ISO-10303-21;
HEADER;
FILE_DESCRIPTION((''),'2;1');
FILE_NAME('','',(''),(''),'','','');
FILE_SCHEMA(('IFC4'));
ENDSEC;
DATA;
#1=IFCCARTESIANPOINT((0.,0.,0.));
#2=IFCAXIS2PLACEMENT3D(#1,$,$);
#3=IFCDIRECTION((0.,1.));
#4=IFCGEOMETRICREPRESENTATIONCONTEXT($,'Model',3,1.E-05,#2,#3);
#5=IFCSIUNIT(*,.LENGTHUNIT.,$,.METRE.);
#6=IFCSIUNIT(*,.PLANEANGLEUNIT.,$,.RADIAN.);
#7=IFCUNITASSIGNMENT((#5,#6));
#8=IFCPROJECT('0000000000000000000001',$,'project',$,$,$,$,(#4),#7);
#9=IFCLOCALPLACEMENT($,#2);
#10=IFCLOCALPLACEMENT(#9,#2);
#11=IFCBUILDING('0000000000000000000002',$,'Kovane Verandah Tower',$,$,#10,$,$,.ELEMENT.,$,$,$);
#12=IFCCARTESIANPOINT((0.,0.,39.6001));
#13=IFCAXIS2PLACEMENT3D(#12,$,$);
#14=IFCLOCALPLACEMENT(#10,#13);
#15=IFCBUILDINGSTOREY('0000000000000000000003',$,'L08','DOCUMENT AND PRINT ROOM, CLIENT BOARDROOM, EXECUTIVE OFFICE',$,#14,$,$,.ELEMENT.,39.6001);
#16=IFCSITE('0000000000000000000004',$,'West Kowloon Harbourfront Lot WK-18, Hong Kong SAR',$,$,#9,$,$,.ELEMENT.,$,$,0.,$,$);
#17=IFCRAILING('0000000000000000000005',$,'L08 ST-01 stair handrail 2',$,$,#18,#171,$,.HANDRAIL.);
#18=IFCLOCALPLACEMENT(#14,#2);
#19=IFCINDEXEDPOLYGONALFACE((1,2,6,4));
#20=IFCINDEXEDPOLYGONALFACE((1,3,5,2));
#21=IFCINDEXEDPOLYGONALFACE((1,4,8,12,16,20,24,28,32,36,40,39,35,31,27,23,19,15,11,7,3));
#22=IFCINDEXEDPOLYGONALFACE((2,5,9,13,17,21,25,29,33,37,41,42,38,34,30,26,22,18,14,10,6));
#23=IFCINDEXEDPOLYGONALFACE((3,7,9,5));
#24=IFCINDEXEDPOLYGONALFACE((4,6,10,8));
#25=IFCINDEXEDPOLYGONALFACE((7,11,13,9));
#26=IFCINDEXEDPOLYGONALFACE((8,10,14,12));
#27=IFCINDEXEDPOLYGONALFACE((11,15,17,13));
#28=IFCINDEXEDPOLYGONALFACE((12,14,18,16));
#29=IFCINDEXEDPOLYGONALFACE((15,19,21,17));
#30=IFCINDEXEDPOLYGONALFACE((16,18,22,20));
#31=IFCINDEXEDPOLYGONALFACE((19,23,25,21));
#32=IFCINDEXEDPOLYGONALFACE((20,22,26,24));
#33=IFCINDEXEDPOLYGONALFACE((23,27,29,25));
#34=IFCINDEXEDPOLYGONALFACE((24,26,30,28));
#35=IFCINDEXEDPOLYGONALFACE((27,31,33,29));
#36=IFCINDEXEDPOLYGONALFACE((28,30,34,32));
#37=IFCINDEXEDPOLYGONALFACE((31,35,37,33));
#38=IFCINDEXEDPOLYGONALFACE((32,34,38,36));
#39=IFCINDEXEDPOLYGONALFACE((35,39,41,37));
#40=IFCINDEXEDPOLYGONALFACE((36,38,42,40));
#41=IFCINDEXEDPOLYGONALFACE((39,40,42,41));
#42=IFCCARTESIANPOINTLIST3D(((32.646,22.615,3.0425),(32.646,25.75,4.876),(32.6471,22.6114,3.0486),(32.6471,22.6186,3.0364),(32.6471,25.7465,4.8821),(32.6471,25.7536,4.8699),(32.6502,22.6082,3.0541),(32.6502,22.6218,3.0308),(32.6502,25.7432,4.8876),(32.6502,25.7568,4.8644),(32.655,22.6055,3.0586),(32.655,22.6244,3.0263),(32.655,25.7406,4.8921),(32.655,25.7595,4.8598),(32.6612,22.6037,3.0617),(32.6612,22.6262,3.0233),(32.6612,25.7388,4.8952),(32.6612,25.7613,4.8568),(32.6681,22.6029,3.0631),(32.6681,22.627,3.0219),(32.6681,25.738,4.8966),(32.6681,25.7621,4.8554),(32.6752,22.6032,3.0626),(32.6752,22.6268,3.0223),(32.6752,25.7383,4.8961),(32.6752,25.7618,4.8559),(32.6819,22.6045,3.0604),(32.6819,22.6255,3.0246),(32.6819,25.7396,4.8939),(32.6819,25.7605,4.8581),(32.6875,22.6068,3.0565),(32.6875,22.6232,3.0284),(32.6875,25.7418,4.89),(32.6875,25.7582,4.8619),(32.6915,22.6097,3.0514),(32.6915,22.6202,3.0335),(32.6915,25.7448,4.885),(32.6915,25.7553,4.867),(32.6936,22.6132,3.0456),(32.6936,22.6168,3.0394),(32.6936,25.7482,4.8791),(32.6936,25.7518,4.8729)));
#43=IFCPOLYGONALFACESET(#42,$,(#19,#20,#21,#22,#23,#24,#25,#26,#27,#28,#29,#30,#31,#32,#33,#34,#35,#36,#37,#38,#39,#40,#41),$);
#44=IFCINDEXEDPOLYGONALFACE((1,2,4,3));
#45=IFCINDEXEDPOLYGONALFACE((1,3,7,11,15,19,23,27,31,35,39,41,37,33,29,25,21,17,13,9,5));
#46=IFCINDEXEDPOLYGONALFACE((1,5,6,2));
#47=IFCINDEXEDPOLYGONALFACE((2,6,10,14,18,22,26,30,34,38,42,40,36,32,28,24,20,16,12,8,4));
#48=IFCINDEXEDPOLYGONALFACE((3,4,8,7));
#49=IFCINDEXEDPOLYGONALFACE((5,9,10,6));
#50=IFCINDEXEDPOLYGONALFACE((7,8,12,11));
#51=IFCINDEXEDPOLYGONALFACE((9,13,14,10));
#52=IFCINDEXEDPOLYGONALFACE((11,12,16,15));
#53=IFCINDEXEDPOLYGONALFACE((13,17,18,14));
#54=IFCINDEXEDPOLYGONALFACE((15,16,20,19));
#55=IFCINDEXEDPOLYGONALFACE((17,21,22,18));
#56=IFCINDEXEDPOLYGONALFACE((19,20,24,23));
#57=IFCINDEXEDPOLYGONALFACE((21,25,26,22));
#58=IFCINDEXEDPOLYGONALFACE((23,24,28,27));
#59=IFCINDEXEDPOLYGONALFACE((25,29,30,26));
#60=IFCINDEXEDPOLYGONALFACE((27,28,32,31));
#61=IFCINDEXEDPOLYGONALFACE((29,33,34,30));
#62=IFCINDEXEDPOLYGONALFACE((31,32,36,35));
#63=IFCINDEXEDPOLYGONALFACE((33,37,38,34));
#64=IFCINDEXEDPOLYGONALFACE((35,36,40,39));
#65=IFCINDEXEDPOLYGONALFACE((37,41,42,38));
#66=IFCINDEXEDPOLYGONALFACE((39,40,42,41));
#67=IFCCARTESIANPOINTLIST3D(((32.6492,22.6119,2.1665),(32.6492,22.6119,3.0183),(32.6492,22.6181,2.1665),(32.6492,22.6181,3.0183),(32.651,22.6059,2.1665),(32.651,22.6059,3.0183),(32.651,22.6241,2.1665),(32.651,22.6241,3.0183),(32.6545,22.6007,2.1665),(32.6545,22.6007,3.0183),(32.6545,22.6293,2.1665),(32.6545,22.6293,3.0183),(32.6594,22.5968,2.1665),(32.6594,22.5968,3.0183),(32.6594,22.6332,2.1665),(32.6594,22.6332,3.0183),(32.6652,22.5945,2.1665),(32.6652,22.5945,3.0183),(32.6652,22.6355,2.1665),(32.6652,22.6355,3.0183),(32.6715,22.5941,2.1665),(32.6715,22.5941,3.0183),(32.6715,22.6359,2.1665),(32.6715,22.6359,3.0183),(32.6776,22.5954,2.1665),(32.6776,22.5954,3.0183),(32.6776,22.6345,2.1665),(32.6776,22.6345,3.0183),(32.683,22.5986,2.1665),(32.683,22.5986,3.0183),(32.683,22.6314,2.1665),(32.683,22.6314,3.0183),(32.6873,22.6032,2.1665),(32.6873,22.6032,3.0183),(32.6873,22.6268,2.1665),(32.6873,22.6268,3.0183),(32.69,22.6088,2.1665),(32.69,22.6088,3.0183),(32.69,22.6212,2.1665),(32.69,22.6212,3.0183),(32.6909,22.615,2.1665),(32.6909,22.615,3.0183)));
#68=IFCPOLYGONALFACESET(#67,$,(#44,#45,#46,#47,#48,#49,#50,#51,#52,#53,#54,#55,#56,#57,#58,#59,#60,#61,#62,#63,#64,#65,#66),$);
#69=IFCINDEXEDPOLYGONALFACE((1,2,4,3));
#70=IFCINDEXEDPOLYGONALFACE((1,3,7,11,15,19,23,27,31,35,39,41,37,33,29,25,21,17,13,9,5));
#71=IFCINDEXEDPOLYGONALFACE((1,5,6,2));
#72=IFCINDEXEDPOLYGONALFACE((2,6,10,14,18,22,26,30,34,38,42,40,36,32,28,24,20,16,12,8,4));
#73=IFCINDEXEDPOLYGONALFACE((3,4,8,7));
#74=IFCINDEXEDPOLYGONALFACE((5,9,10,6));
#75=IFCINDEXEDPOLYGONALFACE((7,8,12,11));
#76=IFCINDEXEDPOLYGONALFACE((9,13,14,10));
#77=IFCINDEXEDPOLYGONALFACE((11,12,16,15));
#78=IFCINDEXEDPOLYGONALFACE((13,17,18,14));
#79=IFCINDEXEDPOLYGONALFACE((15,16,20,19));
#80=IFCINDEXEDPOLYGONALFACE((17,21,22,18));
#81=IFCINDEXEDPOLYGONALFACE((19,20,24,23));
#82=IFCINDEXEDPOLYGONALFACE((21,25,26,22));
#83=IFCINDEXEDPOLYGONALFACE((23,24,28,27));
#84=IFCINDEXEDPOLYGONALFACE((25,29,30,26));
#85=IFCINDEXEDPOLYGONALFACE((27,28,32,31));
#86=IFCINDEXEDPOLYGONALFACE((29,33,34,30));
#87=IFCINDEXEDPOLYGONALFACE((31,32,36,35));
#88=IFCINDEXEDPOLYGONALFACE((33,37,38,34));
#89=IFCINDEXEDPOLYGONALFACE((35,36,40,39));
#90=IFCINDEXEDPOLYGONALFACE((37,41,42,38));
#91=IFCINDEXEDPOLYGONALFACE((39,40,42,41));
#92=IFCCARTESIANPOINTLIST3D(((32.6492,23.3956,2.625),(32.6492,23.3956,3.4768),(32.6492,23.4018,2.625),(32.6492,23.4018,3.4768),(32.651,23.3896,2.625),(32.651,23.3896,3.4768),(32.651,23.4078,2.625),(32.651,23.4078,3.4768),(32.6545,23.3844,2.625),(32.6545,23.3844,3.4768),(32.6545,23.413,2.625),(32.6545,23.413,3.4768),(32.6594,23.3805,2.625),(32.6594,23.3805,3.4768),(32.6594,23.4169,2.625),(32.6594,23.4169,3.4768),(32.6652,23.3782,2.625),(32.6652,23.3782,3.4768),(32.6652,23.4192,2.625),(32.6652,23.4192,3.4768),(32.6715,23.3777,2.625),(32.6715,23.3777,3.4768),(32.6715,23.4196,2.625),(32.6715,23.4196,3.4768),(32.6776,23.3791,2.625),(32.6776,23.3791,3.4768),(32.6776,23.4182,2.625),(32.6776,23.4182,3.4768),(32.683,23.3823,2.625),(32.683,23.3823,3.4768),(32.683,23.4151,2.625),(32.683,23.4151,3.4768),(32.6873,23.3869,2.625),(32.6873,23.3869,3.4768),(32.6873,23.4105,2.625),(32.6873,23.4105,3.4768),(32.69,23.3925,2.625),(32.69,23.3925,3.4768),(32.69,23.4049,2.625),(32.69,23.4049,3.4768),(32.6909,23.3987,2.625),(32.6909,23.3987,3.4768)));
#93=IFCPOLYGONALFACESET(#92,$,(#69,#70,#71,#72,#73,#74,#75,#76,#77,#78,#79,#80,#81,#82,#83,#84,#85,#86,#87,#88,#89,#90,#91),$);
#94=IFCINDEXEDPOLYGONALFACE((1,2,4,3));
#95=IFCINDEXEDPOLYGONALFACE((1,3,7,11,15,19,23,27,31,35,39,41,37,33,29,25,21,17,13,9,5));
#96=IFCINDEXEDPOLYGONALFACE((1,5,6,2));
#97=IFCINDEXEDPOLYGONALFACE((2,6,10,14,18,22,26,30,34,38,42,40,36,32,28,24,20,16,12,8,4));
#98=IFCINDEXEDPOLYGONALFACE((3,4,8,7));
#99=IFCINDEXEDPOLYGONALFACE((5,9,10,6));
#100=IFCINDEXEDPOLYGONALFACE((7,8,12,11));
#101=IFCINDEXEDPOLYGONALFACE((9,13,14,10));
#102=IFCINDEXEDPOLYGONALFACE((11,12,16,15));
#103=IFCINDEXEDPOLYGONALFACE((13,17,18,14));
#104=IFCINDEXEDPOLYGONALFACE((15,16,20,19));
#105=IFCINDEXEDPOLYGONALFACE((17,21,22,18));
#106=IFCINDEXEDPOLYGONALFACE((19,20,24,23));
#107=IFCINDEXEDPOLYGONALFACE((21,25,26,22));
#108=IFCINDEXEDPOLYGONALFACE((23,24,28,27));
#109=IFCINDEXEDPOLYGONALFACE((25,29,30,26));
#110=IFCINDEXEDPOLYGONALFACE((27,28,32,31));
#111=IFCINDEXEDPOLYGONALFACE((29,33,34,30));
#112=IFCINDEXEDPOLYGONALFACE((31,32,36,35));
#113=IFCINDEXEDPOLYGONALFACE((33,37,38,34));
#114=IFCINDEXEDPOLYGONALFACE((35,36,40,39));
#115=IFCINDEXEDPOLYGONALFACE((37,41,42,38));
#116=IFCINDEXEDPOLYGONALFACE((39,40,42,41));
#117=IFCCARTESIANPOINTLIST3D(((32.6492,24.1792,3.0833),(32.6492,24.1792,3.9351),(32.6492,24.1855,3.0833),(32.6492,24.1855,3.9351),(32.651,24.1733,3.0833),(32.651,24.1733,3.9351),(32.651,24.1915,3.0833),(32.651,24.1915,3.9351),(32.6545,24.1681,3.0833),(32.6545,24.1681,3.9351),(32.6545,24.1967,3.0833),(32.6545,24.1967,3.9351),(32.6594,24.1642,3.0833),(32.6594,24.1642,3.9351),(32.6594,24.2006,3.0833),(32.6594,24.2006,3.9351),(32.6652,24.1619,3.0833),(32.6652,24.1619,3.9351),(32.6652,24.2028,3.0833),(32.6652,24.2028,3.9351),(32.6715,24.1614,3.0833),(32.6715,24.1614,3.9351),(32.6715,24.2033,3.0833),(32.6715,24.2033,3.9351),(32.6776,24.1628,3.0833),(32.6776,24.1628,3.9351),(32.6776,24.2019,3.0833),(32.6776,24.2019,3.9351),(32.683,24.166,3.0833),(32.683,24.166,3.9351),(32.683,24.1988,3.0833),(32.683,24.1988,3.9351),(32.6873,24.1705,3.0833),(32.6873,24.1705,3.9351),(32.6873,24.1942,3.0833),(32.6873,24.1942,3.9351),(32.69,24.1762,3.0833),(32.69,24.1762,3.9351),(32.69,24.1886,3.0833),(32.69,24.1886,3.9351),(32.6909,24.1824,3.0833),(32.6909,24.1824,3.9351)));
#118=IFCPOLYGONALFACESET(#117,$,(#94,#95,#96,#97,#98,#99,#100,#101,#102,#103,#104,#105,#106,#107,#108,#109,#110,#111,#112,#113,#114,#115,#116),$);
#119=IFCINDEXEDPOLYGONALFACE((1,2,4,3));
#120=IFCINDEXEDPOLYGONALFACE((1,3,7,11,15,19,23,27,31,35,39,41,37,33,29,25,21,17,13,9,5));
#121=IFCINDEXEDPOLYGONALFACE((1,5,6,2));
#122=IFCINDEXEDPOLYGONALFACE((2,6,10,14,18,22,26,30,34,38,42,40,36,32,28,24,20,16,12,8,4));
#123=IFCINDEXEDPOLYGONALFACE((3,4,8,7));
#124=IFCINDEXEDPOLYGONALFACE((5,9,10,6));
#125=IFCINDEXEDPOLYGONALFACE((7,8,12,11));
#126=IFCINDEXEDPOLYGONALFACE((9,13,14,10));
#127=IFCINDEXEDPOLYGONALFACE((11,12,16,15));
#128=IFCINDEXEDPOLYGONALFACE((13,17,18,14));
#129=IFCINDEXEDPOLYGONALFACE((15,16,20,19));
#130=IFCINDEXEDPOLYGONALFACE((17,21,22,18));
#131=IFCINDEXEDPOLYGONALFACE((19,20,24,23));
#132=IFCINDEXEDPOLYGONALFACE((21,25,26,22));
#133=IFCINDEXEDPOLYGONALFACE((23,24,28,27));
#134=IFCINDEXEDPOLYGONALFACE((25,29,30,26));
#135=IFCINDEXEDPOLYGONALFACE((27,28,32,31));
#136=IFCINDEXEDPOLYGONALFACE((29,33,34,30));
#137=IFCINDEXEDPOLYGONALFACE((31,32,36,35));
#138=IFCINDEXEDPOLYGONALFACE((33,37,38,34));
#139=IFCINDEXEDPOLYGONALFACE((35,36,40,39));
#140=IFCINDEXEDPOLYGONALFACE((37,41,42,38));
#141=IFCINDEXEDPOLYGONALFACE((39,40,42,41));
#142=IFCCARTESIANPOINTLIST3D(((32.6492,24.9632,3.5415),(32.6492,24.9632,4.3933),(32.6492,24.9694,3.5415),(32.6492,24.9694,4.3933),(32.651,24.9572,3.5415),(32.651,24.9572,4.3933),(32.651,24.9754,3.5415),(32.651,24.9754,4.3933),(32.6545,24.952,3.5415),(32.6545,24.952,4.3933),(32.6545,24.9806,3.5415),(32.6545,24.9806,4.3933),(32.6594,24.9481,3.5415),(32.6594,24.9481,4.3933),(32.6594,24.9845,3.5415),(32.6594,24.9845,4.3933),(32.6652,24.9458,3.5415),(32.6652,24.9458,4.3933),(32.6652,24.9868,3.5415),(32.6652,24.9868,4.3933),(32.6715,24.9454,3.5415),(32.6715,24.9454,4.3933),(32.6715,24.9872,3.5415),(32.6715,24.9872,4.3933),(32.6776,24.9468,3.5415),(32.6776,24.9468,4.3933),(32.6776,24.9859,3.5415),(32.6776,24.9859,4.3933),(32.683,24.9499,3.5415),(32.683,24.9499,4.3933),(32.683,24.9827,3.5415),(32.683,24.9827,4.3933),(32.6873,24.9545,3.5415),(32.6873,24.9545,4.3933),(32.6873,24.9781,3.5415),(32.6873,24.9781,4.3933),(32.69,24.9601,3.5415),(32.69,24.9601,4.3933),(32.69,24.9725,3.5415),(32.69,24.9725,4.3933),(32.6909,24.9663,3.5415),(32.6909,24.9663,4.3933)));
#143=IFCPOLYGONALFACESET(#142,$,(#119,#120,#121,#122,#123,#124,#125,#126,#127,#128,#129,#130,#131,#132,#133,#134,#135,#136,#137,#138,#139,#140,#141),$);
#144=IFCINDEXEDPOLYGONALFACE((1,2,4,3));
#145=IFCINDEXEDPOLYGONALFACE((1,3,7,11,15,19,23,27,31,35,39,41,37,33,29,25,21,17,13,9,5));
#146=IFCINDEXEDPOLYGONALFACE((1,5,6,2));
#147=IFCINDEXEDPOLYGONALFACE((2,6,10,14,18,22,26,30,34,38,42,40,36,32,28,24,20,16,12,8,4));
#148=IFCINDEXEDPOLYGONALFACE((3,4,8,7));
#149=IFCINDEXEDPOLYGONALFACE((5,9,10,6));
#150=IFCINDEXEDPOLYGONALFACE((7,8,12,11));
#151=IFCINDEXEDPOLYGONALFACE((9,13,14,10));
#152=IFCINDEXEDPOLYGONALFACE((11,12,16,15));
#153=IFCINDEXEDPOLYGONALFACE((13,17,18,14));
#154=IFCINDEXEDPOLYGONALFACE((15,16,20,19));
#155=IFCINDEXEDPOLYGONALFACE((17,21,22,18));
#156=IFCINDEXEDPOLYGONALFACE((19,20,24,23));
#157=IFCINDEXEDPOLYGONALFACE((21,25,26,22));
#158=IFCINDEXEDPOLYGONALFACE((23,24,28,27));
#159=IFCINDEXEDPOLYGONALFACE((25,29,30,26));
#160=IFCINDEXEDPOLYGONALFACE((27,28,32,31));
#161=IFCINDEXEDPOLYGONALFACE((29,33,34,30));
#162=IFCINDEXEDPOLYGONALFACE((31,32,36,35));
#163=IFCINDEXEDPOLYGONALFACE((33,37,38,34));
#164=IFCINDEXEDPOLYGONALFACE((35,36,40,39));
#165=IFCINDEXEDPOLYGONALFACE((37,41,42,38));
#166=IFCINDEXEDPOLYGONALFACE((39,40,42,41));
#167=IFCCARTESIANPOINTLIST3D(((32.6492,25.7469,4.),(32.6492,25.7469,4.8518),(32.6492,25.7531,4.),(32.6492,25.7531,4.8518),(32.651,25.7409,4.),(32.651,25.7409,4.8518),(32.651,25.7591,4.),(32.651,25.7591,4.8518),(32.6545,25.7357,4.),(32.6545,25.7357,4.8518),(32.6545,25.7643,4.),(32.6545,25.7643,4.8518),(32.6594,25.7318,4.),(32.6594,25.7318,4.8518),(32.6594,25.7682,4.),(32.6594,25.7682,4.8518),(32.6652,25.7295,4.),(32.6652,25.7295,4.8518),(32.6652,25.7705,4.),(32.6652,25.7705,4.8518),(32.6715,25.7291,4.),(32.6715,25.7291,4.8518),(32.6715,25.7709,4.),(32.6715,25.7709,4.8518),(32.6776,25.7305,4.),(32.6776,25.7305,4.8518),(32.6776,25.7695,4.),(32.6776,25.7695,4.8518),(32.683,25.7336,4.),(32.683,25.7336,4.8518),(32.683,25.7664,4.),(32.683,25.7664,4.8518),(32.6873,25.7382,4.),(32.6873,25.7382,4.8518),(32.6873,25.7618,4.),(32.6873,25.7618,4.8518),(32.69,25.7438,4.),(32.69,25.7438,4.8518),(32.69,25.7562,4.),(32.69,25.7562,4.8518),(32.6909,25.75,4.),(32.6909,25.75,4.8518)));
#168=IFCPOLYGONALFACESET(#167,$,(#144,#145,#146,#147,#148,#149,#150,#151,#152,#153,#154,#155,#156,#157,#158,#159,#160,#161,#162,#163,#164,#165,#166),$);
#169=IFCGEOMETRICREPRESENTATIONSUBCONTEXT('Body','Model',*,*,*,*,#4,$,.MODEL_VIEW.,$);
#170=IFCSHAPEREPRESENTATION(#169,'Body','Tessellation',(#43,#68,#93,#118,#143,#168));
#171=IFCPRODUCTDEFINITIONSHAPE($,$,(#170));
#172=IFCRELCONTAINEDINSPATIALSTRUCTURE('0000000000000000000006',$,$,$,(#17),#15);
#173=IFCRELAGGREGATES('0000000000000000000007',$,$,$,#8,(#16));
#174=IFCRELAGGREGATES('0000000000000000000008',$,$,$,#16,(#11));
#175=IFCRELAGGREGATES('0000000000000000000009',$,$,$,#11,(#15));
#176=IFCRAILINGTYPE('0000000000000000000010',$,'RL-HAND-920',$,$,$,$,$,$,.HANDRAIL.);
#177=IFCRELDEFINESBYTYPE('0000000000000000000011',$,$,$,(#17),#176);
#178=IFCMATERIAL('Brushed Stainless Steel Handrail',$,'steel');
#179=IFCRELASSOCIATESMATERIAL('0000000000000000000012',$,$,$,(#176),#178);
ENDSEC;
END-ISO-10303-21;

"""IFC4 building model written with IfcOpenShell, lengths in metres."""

from ifc_helpers import new_model, si_unit, direction, frame, origin, origin_2d, place, context, subcontext, project, spatial, circle, extrude, material, type_object, element, save


model = new_model("IFC4")

# Units and contexts
model_context = context("Model", 3, precision=1e-05, world=origin(), true_north=direction((0.0, 1.0)))
body_context = subcontext(model_context, "Body", "Model", "MODEL_VIEW")
ifc_project = project(units=[si_unit("LENGTHUNIT", "METRE"), si_unit("PLANEANGLEUNIT", "RADIAN")], contexts=[model_context])

# Site, building, storey
site_placement = place(None, origin())
site = spatial("IfcSite", under=ifc_project, at=site_placement, Name="West Kowloon Harbourfront Lot WK-18, Hong Kong SAR", CompositionType="ELEMENT", RefElevation=0.0)
building_placement = place(site_placement, origin())
building = spatial("IfcBuilding", under=site, at=building_placement, Name="Kovane Verandah Tower", CompositionType="ELEMENT")
storey_placement = place(building_placement, frame((0.0, 0.0, 39.6001)))
storey = spatial("IfcBuildingStorey", under=building, at=storey_placement, Name="L08", Description="DOCUMENT AND PRINT ROOM, CLIENT BOARDROOM, EXECUTIVE OFFICE", CompositionType="ELEMENT", Elevation=39.6001)

# Railing
ifc_material_1 = material(Name="Brushed Stainless Steel Handrail", Category="steel")
railing_type_1 = type_object("IfcRailingType", Name="RL-HAND-920", PredefinedType="HANDRAIL", material=ifc_material_1)
railing_1_placement = place(storey_placement, frame((32.6699, 22.615, 2.1665)))
element("IfcRailing", 1, at=railing_1_placement, inside=storey, type_object=railing_type_1, Name="L08 ST-01 stair handrail 2", PredefinedType="HANDRAIL", context=body_context, shape_type="SweptSolid", body=[
    extrude(circle(Radius=0.0239, at=origin_2d()), frame((0.0, 0.0, 0.876), z_axis=(0.0, 0.86321, 0.504845), x_axis=(-1.0, 0.0, 0.0)), (0.0, 0.0, 1.0), 3.6318),
    extrude(circle(Radius=0.021, at=origin_2d()), origin(), (0.0, 0.0, 1.0), 0.8518),
    extrude(circle(Radius=0.021, at=origin_2d()), frame((0.0, 0.7837, 0.4585)), (0.0, 0.0, 1.0), 0.8518),
    extrude(circle(Radius=0.021, at=origin_2d()), frame((0.0, 1.5674, 0.9167)), (0.0, 0.0, 1.0), 0.8518),
    extrude(circle(Radius=0.021, at=origin_2d()), frame((0.0, 2.3513, 1.375)), (0.0, 0.0, 1.0), 0.8518),
    extrude(circle(Radius=0.021, at=origin_2d()), frame((0.0, 3.135, 1.8335)), (0.0, 0.0, 1.0), 0.8518),
])

save(model, "model.ifc")
